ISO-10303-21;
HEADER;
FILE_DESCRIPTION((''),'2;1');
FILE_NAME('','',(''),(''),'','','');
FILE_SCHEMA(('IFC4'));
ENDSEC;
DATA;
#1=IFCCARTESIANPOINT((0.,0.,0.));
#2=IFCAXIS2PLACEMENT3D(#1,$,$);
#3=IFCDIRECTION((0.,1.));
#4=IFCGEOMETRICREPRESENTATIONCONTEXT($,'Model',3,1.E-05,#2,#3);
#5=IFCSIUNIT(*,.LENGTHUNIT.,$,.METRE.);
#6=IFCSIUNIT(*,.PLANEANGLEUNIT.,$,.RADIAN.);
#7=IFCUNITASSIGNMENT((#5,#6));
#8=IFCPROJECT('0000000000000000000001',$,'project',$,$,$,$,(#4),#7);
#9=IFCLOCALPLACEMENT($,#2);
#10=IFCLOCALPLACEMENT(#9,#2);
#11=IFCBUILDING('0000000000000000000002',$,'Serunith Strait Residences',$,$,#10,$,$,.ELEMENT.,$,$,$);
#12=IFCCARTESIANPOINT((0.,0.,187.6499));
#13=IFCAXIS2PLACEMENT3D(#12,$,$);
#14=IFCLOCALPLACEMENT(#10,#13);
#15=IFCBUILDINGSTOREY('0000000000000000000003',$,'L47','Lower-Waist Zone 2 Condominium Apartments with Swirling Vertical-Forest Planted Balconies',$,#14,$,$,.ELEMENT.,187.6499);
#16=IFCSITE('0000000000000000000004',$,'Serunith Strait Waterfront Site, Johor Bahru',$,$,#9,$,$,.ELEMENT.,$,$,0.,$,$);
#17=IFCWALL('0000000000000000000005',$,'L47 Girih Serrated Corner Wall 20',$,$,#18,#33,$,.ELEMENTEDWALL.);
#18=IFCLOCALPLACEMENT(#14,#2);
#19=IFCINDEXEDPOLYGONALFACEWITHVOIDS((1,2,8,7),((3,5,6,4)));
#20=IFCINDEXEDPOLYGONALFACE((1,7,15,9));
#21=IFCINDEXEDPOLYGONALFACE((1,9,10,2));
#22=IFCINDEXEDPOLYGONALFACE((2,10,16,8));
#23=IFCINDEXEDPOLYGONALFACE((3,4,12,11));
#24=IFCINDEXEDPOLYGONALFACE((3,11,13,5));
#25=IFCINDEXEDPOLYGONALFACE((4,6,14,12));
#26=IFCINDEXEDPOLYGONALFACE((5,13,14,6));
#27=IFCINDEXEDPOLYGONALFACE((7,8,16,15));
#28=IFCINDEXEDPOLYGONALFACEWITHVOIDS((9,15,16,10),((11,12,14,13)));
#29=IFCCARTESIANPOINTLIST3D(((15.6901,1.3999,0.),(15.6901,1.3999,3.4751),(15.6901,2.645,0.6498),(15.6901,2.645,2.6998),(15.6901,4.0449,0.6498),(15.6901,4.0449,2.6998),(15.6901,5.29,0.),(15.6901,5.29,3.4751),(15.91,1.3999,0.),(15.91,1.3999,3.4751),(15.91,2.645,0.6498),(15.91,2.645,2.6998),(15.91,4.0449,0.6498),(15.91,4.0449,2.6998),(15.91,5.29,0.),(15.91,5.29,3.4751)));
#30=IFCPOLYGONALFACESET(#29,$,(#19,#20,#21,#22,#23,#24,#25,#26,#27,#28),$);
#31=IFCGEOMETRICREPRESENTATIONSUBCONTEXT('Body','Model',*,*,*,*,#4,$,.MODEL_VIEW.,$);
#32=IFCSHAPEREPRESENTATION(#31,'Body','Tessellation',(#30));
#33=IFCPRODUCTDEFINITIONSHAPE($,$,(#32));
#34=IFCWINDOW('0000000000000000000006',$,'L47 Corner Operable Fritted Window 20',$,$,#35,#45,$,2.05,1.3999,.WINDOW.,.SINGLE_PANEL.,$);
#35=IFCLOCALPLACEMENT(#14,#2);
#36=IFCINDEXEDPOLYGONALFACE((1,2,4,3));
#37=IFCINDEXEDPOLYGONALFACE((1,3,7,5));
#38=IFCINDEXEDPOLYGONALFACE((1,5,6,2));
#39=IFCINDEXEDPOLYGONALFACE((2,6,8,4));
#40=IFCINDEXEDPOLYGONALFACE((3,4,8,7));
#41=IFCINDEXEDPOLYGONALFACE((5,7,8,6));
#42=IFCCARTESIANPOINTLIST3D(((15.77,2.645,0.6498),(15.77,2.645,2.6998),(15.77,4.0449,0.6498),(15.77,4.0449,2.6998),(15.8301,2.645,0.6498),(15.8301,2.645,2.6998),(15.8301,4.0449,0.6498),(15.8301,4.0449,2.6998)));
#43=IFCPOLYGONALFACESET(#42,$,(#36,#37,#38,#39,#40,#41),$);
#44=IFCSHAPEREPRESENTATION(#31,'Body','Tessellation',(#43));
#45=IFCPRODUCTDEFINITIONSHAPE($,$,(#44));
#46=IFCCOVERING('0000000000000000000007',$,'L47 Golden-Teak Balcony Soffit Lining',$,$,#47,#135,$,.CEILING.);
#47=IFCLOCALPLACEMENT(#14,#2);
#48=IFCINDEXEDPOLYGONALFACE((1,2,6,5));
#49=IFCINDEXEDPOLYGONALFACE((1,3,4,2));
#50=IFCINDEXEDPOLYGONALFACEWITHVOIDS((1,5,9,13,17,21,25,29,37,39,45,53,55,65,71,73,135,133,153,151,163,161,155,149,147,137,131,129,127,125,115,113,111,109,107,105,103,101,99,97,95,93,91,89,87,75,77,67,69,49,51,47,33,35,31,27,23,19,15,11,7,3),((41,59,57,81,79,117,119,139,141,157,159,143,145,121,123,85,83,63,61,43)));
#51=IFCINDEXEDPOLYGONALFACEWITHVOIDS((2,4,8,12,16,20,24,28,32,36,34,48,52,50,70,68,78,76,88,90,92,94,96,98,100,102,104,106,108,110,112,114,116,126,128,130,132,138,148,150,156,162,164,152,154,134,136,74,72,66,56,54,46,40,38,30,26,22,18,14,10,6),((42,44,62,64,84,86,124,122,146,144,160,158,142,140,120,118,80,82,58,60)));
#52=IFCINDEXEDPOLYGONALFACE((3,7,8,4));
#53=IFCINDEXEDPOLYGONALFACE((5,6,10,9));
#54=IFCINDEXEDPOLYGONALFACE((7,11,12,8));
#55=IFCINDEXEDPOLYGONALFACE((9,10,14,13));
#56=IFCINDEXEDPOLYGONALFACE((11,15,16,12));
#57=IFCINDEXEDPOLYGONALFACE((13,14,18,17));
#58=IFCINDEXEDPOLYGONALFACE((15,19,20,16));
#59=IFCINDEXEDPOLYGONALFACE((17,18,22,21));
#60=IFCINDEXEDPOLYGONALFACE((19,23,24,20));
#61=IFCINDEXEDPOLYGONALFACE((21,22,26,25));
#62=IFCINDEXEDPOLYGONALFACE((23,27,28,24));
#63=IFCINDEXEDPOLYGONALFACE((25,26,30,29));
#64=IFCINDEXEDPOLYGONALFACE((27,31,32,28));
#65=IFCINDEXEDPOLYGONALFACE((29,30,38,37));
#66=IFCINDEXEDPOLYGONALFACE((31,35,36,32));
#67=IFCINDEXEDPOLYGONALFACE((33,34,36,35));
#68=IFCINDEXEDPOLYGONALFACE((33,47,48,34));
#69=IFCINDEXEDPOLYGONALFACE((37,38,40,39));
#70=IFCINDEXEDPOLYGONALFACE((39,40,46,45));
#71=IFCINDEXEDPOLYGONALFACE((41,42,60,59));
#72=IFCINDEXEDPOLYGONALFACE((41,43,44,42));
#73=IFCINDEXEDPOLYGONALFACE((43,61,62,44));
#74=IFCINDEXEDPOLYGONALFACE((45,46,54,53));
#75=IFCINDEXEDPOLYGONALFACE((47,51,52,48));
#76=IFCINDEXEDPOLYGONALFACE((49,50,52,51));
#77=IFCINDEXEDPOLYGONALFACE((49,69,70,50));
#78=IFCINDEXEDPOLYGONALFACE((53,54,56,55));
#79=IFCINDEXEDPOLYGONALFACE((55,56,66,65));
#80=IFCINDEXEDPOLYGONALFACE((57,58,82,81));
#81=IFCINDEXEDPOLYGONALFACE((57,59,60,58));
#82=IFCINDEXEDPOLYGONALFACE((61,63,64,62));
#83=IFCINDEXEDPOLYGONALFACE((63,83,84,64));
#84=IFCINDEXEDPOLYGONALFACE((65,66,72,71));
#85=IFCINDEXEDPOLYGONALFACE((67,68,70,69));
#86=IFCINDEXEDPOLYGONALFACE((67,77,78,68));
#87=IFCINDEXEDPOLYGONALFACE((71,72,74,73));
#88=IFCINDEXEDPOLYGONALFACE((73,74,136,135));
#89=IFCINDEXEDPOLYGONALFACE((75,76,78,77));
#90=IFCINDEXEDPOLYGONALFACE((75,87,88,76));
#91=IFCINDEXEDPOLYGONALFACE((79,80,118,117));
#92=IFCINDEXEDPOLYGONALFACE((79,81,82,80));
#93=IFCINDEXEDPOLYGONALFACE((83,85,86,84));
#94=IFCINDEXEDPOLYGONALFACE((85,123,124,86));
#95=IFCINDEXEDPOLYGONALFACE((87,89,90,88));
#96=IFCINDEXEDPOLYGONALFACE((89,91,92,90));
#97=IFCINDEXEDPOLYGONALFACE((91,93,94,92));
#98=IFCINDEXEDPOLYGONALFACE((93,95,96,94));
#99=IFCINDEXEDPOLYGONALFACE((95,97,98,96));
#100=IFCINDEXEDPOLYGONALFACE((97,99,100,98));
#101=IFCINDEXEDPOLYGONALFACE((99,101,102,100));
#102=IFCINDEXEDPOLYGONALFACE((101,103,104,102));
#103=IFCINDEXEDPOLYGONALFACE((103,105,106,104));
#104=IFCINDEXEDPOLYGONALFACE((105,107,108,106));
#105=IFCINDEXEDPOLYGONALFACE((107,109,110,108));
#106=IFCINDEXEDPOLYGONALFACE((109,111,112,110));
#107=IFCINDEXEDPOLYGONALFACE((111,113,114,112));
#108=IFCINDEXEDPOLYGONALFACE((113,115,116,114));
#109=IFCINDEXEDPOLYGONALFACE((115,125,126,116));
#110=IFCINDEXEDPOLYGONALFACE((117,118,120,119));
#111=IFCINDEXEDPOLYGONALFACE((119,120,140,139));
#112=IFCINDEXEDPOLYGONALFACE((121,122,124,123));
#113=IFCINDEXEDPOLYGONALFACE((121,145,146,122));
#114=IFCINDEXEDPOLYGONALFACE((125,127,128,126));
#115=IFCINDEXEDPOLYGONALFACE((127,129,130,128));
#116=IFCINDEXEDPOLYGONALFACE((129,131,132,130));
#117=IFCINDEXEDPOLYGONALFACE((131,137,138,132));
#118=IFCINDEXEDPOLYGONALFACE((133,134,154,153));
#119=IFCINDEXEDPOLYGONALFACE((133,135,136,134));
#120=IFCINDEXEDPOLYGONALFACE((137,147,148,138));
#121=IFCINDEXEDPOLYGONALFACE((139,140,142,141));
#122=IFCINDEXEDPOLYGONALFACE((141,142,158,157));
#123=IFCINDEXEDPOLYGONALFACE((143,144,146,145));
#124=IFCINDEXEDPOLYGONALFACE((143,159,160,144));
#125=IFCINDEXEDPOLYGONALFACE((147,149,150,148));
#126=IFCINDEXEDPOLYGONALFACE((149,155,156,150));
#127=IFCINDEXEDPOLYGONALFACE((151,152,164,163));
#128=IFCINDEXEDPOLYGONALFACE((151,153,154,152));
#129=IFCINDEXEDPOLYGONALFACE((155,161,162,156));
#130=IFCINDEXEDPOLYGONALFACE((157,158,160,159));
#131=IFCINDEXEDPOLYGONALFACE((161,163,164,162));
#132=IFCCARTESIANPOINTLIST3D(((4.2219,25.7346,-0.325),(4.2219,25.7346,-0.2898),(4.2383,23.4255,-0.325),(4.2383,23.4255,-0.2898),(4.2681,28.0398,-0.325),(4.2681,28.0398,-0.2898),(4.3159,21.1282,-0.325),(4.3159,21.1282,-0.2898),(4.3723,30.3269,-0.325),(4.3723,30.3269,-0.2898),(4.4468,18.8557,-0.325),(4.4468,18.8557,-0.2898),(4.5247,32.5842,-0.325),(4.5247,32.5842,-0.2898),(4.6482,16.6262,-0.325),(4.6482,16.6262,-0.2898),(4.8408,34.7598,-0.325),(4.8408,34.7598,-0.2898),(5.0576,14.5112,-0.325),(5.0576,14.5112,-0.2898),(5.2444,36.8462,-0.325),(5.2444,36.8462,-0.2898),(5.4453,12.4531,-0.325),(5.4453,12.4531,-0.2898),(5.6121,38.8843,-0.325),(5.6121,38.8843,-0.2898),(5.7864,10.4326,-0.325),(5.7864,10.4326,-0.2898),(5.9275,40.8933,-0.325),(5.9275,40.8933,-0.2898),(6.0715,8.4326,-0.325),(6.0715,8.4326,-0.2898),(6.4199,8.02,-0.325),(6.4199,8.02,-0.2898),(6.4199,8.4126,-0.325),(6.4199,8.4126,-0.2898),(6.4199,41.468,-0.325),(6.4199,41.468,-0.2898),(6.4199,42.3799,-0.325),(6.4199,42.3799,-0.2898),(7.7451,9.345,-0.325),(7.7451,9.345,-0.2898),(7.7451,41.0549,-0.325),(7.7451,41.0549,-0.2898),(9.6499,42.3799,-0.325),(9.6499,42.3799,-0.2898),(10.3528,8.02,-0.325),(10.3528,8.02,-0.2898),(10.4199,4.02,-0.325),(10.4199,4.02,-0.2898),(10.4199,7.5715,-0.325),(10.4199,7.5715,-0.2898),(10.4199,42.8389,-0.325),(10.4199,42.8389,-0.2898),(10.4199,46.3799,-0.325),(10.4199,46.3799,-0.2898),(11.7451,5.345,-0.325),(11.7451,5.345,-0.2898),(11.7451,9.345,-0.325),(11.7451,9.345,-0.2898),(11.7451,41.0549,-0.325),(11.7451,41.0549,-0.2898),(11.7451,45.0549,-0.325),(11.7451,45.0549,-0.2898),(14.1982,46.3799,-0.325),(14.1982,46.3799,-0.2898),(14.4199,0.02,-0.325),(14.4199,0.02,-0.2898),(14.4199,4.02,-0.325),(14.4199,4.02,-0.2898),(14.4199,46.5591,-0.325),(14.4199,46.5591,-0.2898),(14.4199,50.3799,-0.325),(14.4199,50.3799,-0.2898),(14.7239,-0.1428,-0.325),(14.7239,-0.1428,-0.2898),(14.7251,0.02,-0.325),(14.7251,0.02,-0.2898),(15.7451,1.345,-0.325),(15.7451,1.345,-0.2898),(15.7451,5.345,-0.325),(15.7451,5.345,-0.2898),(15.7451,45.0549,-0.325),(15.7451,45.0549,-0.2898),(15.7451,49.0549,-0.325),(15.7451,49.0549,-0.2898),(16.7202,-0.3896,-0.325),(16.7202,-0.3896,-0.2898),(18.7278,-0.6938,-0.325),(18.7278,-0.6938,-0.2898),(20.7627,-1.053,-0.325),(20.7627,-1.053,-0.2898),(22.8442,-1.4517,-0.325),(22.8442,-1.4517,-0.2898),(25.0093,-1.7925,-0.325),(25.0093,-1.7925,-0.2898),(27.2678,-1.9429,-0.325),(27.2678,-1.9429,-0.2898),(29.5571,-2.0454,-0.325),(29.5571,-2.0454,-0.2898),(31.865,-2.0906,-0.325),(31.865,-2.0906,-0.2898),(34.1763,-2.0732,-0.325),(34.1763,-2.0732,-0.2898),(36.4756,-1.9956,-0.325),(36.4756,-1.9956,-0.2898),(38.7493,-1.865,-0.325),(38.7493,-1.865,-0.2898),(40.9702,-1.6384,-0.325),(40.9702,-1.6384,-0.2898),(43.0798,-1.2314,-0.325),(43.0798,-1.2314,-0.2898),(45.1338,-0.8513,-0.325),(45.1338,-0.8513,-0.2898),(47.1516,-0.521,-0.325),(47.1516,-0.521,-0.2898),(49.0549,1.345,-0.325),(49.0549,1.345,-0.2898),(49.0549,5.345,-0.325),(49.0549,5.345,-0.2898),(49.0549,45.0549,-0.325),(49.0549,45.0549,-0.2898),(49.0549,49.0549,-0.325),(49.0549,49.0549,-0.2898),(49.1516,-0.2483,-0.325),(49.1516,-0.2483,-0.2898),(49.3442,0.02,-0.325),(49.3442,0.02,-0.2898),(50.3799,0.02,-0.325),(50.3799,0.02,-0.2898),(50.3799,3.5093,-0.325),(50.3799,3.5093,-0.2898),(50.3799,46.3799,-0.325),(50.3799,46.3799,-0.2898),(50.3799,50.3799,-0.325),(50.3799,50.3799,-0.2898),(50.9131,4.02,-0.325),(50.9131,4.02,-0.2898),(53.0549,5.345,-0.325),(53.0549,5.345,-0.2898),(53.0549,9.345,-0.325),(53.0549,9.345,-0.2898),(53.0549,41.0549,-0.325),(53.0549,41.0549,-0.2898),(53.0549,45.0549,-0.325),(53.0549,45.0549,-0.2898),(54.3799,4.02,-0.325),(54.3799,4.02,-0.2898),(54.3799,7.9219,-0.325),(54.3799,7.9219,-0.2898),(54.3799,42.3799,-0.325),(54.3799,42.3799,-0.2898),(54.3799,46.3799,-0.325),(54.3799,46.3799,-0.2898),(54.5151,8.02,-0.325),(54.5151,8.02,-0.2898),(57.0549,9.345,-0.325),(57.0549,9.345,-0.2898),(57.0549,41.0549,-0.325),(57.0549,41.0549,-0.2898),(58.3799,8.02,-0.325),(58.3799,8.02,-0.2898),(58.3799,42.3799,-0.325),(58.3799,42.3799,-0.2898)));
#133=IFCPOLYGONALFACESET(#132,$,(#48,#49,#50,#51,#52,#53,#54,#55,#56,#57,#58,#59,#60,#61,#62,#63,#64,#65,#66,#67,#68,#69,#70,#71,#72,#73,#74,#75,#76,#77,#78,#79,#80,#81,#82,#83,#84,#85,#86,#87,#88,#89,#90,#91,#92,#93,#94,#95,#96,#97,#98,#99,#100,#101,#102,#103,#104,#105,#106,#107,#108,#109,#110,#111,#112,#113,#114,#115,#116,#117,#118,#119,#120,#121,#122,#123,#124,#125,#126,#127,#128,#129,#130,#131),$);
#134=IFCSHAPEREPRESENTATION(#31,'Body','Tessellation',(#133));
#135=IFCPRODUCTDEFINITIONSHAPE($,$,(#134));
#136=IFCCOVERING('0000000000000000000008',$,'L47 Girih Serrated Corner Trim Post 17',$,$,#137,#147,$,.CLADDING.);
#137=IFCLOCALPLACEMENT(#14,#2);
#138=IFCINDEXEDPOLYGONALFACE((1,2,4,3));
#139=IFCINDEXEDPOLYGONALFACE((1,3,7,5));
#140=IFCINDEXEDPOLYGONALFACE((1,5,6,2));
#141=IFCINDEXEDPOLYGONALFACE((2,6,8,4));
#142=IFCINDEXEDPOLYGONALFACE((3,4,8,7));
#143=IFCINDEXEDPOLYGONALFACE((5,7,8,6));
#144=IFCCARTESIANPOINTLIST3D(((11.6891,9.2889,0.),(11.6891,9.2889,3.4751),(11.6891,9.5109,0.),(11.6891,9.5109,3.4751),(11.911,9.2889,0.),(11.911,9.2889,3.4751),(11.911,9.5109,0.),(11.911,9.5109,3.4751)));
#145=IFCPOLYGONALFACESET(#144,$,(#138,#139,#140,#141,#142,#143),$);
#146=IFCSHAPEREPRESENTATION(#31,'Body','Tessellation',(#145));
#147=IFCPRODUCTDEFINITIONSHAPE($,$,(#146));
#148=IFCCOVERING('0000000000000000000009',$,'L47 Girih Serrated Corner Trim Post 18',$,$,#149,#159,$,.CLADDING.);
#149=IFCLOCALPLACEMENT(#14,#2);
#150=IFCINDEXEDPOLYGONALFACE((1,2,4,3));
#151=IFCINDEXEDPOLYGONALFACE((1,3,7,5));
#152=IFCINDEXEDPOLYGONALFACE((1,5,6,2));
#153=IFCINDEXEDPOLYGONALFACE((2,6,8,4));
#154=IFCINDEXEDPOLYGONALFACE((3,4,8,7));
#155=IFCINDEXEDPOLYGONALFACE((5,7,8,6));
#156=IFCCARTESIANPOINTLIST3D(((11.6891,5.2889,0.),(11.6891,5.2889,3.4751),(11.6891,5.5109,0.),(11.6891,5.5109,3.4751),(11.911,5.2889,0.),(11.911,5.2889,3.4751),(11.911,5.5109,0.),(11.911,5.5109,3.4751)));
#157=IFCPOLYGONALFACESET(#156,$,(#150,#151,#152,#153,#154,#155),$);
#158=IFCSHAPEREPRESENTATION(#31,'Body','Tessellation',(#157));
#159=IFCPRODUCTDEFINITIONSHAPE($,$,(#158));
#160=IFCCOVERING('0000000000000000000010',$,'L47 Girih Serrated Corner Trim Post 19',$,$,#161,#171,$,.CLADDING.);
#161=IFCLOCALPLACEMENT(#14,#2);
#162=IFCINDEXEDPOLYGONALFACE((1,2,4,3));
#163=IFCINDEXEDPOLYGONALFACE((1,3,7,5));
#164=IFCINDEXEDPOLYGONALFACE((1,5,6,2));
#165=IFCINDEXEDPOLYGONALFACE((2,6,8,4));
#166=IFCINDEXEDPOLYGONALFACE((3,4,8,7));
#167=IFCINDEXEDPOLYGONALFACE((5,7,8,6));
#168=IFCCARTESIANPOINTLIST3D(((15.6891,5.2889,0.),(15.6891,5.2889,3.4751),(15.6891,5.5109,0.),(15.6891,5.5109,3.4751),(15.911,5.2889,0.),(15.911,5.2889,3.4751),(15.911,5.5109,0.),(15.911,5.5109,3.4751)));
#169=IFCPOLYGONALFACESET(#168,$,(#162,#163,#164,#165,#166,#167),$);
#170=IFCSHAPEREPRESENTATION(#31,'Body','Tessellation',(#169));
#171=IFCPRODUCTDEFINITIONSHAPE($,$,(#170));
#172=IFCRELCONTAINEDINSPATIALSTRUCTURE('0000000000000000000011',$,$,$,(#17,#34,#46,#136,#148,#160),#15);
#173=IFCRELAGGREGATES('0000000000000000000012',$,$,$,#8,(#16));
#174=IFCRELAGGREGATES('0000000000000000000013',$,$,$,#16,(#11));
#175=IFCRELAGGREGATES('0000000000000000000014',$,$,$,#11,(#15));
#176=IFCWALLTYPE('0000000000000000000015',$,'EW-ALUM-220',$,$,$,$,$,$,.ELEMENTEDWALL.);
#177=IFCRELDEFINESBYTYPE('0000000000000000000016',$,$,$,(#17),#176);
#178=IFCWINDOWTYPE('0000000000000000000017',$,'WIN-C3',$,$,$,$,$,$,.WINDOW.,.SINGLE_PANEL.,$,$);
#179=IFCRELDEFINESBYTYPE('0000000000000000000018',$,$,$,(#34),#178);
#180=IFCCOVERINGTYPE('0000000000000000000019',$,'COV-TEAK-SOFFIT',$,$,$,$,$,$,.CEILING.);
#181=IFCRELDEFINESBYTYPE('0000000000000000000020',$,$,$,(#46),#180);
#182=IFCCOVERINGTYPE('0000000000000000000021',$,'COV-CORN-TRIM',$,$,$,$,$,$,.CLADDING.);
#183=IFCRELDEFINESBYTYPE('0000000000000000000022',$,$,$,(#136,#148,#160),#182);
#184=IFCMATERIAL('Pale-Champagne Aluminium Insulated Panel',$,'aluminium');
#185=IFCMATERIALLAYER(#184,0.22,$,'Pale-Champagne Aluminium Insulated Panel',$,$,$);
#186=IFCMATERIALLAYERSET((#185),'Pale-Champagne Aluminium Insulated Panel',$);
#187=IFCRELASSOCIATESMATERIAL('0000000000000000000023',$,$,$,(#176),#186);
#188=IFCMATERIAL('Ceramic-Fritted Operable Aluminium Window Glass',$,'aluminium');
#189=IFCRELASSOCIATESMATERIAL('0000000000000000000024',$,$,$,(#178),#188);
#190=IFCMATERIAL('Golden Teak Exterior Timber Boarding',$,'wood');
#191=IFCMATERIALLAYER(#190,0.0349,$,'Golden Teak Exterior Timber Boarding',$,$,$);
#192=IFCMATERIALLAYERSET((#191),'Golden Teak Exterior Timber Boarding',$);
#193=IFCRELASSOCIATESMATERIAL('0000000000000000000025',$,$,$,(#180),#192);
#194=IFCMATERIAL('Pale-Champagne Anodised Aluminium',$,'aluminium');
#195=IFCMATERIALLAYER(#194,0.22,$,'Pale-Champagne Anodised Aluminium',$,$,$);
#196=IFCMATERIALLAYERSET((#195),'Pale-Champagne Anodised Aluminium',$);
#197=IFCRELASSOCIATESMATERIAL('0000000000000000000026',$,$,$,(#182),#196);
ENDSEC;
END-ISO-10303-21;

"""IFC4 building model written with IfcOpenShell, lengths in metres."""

from ifc_helpers import new_model, si_unit, direction, frame, frame_2d, origin, origin_2d, place, context, subcontext, project, spatial, polyline, rectangle, outline, extrude, source, transform, mapped, material, layer, layer_set, type_object, element, fill, save


model = new_model("IFC4")

# Units and contexts
model_context = context("Model", 3, precision=1e-05, world=origin(), true_north=direction((0.0, 1.0)))
body_context = subcontext(model_context, "Body", "Model", "MODEL_VIEW")
ifc_project = project(units=[si_unit("LENGTHUNIT", "METRE"), si_unit("PLANEANGLEUNIT", "RADIAN")], contexts=[model_context])

# Site, building, storey
site_placement = place(None, origin())
site = spatial("IfcSite", under=ifc_project, at=site_placement, Name="Serunith Strait Waterfront Site, Johor Bahru", CompositionType="ELEMENT", RefElevation=0.0)
building_placement = place(site_placement, origin())
building = spatial("IfcBuilding", under=site, at=building_placement, Name="Serunith Strait Residences", CompositionType="ELEMENT")
storey_placement = place(building_placement, frame((0.0, 0.0, 187.6499)))
storey = spatial("IfcBuildingStorey", under=building, at=storey_placement, Name="L47", Description="Lower-Waist Zone 2 Condominium Apartments with Swirling Vertical-Forest Planted Balconies", CompositionType="ELEMENT", Elevation=187.6499)

# Shared definitions
ifc_material_1 = material(Name="Pale-Champagne Anodised Aluminium", Category="aluminium")

# Wall, opening, window
ifc_material_2 = material(Name="Pale-Champagne Aluminium Insulated Panel", Category="aluminium")
ifc_layer_1 = layer(ifc_material_2, 0.22, Name="Pale-Champagne Aluminium Insulated Panel")
ifc_layer_set_1 = layer_set([ifc_layer_1], Name="Pale-Champagne Aluminium Insulated Panel")
wall_type = type_object("IfcWallType", Name="EW-ALUM-220", PredefinedType="ELEMENTEDWALL", material=ifc_layer_set_1)
ifc_material_3 = material(Name="Ceramic-Fritted Operable Aluminium Window Glass", Category="aluminium")
window_type = type_object("IfcWindowType", Name="WIN-C3", PartitioningType="SINGLE_PANEL", PredefinedType="WINDOW", material=ifc_material_3)
shared_shape_1 = source(origin(), body_context, "Body", "SweptSolid", [
    extrude(rectangle(XDim=1.3999, YDim=2.05, at=frame_2d((0.7, 1.0249))), frame((0.0, 0.03, 0.0), z_axis=(0.0, -1.0, 0.0), x_axis=(1.0, 0.0, 0.0)), (0.0, 0.0, 1.0), 0.0601),
])
wall_1_placement = place(storey_placement, frame((15.8, 5.29, 0.0), z_axis=(0.0, 0.0, 1.0), x_axis=(0.0, -1.0, 0.0)))
wall_1 = element("IfcWall", 1, at=wall_1_placement, inside=storey, type_object=wall_type, Name="L47 Girih Serrated Corner Wall 20", PredefinedType="ELEMENTEDWALL", context=body_context, shape_type="SweptSolid", body=[
    extrude(rectangle(XDim=3.8901, YDim=0.22, at=frame_2d((1.9451, 0.0))), origin(), (0.0, 0.0, 1.0), 3.4751),
])
opening_1_placement = place(wall_1_placement, frame((1.2451, 0.0, 0.6499)))
opening_1 = element("IfcOpeningElement", 2, at=opening_1_placement, cuts=wall_1, PredefinedType="OPENING", context=body_context, shape_type="SweptSolid", body=[
    extrude(rectangle(XDim=1.3999, YDim=2.05, at=frame_2d((0.7, 1.0249))), frame((0.0, 0.1201, 0.0), z_axis=(0.0, -1.0, 0.0), x_axis=(1.0, 0.0, 0.0)), (0.0, 0.0, 1.0), 0.24),
])
window_1_placement = place(opening_1_placement, origin())
window_1 = element("IfcWindow", 3, at=window_1_placement, inside=storey, type_object=window_type, Name="L47 Corner Operable Fritted Window 20", OverallHeight=2.05, OverallWidth=1.3999, PartitioningType="SINGLE_PANEL", PredefinedType="WINDOW", context=body_context, shape_type="MappedRepresentation", body=[
    mapped(shared_shape_1, transform((0.0, 0.0, 0.0), scale=1.0)),
])
fill(opening_1, window_1)

# Covering
ifc_material_4 = material(Name="Golden Teak Exterior Timber Boarding", Category="wood")
ifc_layer_2 = layer(ifc_material_4, 0.0349, Name="Golden Teak Exterior Timber Boarding")
ifc_layer_set_2 = layer_set([ifc_layer_2], Name="Golden Teak Exterior Timber Boarding")
covering_type_1 = type_object("IfcCoveringType", Name="COV-TEAK-SOFFIT", PredefinedType="CEILING", material=ifc_layer_set_2)
covering_placement = place(storey_placement, frame((0.0, 0.0, -0.325)))
element("IfcCovering", 4, at=covering_placement, inside=storey, type_object=covering_type_1, Name="L47 Golden-Teak Balcony Soffit Lining", PredefinedType="CEILING", context=body_context, shape_type="SweptSolid", body=[
    extrude(outline(polyline([(14.4199, 0.02), (14.4199, 4.02), (10.4199, 4.02), (10.4199, 7.5715), (10.3528, 8.02), (6.4199, 8.02), (6.4199, 8.4126), (6.0715, 8.4326), (5.7864, 10.4326), (5.4453, 12.4531), (5.0576, 14.5112), (4.6482, 16.6262), (4.4468, 18.8557), (4.3159, 21.1282), (4.2383, 23.4255), (4.2219, 25.7346), (4.2681, 28.0398), (4.3723, 30.3269), (4.5247, 32.5842), (4.8408, 34.7598), (5.2444, 36.8462), (5.6121, 38.8843), (5.9275, 40.8933), (6.4199, 41.468), (6.4199, 42.3799), (9.6499, 42.3799), (10.4199, 42.8389), (10.4199, 46.3799), (14.1982, 46.3799), (14.4199, 46.5591), (14.4199, 50.3799), (50.3799, 50.3799), (50.3799, 46.3799), (54.3799, 46.3799), (54.3799, 42.3799), (58.3799, 42.3799), (58.3799, 8.02), (54.5151, 8.02), (54.3799, 7.9219), (54.3799, 4.02), (50.9131, 4.02), (50.3799, 3.5093), (50.3799, 0.02), (49.3442, 0.02), (49.1516, -0.2483), (47.1516, -0.521), (45.1338, -0.8513), (43.0798, -1.2314), (40.9702, -1.6384), (38.7493, -1.865), (36.4756, -1.9956), (34.1763, -2.0732), (31.865, -2.0906), (29.5571, -2.0454), (27.2678, -1.9429), (25.0093, -1.7925), (22.8442, -1.4517), (20.7627, -1.053), (18.7278, -0.6938), (16.7202, -0.3896), (14.7239, -0.1428), (14.7251, 0.02), (14.4199, 0.02)]), holes=[polyline([(49.0549, 1.345), (49.0549, 5.345), (53.0549, 5.345), (53.0549, 9.345), (57.0549, 9.345), (57.0549, 41.0549), (53.0549, 41.0549), (53.0549, 45.0549), (49.0549, 45.0549), (49.0549, 49.0549), (15.7451, 49.0549), (15.7451, 45.0549), (11.7451, 45.0549), (11.7451, 41.0549), (7.7451, 41.0549), (7.7451, 9.345), (11.7451, 9.345), (11.7451, 5.345), (15.7451, 5.345), (15.7451, 1.345), (49.0549, 1.345)])]), origin(), (0.0, 0.0, 1.0), 0.0352),
])

# Coverings
ifc_layer_3 = layer(ifc_material_1, 0.22, Name="Pale-Champagne Anodised Aluminium")
ifc_layer_set_3 = layer_set([ifc_layer_3], Name="Pale-Champagne Anodised Aluminium")
covering_type_2 = type_object("IfcCoveringType", Name="COV-CORN-TRIM", PredefinedType="CLADDING", material=ifc_layer_set_3)
shared_shape_2 = source(origin(), body_context, "Body", "SweptSolid", [
    extrude(rectangle(XDim=0.2219, YDim=0.2219, at=origin_2d()), origin(), (0.0, 0.0, 1.0), 3.4751),
])
for number, where, z_axis, x_axis, name in (
    (5, (11.8, 9.3999, 0.0), (0.0, 0.0, 1.0), (1.0, 0.0, 0.0), "L47 Girih Serrated Corner Trim Post 17"),
    (6, (11.8, 5.3999, 0.0), (0.0, 0.0, 1.0), (1.0, 0.0, 0.0), "L47 Girih Serrated Corner Trim Post 18"),
    (7, (15.8, 5.3999, 0.0), (0.0, 0.0, 1.0), (1.0, 0.0, 0.0), "L47 Girih Serrated Corner Trim Post 19"),
):
    element("IfcCovering", number, at=place(storey_placement, frame(where, z_axis=z_axis, x_axis=x_axis)), inside=storey, type_object=covering_type_2, Name=name, PredefinedType="CLADDING", context=body_context, shape_type="MappedRepresentation", body=[
        mapped(shared_shape_2, transform((0.0, 0.0, 0.0), scale=1.0)),
    ])

save(model, "model.ifc")
